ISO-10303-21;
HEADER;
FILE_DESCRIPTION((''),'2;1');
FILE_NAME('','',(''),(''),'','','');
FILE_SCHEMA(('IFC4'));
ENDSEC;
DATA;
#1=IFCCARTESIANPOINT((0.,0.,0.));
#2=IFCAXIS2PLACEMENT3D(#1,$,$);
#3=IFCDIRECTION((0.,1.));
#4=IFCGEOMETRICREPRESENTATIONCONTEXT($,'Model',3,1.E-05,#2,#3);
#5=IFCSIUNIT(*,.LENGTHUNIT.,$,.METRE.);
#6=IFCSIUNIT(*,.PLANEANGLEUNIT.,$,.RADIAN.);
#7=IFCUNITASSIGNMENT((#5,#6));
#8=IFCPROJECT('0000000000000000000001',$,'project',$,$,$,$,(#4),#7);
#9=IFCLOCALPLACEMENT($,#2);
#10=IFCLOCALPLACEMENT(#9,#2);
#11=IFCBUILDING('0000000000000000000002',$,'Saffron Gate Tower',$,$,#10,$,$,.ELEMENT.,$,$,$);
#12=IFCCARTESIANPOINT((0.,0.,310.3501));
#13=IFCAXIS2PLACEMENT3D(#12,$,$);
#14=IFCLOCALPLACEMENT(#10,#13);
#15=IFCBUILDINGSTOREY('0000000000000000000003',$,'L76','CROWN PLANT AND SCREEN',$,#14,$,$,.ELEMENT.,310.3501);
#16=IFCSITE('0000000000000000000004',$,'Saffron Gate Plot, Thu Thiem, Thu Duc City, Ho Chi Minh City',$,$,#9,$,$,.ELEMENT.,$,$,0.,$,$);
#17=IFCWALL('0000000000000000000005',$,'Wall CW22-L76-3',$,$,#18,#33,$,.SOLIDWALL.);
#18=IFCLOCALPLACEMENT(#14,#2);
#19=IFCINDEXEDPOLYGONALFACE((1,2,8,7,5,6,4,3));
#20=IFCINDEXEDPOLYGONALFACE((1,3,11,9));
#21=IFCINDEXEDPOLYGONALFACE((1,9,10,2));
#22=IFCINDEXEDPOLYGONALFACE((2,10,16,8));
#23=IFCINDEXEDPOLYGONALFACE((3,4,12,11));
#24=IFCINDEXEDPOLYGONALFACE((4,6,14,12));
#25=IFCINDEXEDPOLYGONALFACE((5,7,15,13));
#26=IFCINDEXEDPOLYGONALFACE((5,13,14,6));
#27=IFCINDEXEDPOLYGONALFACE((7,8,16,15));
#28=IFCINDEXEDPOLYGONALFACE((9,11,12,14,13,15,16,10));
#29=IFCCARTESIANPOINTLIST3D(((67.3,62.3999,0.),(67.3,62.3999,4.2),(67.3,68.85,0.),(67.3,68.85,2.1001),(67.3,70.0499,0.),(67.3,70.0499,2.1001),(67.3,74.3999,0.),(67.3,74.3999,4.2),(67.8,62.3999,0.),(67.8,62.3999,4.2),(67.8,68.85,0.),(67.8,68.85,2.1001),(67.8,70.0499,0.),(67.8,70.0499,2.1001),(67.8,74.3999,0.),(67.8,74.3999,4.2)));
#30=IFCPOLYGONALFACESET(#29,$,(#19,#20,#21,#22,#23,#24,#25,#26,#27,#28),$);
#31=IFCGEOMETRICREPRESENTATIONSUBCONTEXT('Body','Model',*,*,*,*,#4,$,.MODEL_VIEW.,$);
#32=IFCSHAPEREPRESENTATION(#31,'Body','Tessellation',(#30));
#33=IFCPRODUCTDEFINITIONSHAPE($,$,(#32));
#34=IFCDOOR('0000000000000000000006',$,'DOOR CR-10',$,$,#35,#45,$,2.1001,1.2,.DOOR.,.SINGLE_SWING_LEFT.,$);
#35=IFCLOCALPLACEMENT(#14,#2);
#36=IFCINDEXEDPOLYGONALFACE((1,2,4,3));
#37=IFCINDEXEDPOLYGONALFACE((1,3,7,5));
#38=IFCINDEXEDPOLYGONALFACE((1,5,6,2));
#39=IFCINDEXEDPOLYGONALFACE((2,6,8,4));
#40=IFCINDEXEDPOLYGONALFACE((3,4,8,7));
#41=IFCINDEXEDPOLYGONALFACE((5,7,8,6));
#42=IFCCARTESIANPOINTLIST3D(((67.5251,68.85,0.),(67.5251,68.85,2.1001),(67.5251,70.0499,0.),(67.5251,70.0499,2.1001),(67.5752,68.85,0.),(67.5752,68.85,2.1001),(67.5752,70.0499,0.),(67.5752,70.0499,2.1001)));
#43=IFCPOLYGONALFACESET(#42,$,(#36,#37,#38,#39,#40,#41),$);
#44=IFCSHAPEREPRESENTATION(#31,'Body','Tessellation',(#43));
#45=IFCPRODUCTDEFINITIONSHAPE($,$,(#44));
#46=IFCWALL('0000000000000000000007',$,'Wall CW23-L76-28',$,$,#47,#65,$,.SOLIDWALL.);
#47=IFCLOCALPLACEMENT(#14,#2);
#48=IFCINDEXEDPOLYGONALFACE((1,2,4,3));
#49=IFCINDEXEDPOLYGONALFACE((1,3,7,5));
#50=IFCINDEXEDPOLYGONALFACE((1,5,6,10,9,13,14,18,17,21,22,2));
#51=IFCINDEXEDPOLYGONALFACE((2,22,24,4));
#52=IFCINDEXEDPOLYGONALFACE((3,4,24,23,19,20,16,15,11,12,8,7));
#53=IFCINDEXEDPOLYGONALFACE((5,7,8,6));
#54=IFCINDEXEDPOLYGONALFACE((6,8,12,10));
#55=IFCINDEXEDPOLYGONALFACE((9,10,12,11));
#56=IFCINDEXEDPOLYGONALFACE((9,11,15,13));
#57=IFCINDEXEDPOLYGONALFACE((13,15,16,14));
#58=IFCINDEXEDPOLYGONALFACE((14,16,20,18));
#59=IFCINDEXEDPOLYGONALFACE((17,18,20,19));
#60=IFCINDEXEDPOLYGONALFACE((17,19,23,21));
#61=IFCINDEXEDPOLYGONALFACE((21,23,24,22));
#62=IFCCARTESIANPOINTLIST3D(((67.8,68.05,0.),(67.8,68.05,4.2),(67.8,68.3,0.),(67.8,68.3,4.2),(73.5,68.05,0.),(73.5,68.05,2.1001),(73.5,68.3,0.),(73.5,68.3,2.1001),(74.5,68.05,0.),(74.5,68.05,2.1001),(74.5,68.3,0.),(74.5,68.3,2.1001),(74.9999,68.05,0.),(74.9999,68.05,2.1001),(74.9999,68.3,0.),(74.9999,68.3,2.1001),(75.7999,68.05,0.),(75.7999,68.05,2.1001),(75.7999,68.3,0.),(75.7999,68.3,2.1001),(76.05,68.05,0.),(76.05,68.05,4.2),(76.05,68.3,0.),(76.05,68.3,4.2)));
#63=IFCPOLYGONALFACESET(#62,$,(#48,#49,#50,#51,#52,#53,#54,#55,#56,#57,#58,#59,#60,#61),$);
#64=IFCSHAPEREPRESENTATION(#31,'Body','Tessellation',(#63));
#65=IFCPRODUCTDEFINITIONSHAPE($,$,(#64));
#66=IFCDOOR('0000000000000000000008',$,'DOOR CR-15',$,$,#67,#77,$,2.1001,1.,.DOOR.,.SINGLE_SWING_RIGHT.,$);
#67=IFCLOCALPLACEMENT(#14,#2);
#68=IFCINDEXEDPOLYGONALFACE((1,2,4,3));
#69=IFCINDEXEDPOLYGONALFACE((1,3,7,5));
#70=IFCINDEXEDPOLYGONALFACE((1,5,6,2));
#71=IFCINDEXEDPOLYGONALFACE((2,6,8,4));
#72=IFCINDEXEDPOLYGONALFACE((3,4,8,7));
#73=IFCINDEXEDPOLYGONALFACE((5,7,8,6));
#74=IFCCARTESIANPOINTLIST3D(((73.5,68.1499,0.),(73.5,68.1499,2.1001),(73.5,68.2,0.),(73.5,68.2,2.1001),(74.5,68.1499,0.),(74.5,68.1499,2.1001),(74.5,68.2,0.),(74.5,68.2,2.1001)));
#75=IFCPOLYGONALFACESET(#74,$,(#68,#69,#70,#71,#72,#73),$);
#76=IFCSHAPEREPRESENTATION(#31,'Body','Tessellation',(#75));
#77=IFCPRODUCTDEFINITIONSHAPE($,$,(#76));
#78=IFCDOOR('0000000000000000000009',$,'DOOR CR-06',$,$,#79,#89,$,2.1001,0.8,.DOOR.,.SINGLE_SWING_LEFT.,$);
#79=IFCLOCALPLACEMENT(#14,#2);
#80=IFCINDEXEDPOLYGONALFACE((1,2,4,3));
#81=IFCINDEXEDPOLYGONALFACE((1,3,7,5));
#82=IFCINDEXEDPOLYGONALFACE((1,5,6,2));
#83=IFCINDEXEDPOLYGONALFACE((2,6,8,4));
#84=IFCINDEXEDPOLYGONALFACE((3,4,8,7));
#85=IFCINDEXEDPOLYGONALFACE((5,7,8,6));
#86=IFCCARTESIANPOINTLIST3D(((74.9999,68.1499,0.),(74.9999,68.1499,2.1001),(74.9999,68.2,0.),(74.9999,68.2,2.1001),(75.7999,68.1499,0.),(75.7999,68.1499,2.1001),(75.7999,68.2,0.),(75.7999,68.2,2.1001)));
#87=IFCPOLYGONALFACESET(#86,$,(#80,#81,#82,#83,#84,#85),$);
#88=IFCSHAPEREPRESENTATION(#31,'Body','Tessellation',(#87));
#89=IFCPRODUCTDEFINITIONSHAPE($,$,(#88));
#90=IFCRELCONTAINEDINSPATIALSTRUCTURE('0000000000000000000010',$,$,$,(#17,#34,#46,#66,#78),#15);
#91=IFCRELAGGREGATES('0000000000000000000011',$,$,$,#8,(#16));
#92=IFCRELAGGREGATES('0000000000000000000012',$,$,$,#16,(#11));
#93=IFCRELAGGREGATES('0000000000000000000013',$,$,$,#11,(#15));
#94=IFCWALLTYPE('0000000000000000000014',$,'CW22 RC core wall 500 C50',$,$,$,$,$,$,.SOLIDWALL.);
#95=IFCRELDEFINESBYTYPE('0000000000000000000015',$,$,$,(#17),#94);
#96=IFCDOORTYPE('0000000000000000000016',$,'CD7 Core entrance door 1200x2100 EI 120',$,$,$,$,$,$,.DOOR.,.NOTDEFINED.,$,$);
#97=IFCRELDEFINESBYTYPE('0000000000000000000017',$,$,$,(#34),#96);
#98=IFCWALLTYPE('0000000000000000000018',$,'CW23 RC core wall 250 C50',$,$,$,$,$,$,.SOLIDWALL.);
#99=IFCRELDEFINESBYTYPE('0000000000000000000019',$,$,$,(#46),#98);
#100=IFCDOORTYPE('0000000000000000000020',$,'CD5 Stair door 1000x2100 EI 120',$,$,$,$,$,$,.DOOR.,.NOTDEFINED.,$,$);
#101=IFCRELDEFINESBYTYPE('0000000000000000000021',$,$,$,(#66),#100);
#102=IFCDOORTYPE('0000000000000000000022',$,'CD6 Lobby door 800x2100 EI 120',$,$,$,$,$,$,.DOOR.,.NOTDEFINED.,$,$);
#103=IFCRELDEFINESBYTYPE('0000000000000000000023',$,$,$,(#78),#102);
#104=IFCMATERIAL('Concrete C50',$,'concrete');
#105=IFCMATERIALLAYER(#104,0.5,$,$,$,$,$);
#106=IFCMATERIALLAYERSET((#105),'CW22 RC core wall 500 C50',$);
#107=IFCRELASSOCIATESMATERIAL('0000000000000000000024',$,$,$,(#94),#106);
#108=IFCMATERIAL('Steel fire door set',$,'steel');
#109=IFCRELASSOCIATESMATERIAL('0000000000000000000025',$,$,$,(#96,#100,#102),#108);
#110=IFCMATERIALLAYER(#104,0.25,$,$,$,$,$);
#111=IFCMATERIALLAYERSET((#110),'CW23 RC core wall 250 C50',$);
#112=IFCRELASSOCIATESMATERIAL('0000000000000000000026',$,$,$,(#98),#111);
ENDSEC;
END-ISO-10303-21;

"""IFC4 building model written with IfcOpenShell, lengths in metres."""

from ifc_helpers import new_model, si_unit, direction, frame, frame_2d, origin, place, context, subcontext, project, spatial, rectangle, extrude, material, layer, layer_set, type_object, element, fill, save


model = new_model("IFC4")

# Units and contexts
model_context = context("Model", 3, precision=1e-05, world=origin(), true_north=direction((0.0, 1.0)))
body_context = subcontext(model_context, "Body", "Model", "MODEL_VIEW")
ifc_project = project(units=[si_unit("LENGTHUNIT", "METRE"), si_unit("PLANEANGLEUNIT", "RADIAN")], contexts=[model_context])

# Site, building, storey
site_placement = place(None, origin())
site = spatial("IfcSite", under=ifc_project, at=site_placement, Name="Saffron Gate Plot, Thu Thiem, Thu Duc City, Ho Chi Minh City", CompositionType="ELEMENT", RefElevation=0.0)
building_placement = place(site_placement, origin())
building = spatial("IfcBuilding", under=site, at=building_placement, Name="Saffron Gate Tower", CompositionType="ELEMENT")
storey_placement = place(building_placement, frame((0.0, 0.0, 310.3501)))
storey = spatial("IfcBuildingStorey", under=building, at=storey_placement, Name="L76", Description="CROWN PLANT AND SCREEN", CompositionType="ELEMENT", Elevation=310.3501)

# Wall, opening, door
ifc_material_1 = material(Name="Concrete C50", Category="concrete")
ifc_layer_1 = layer(ifc_material_1, 0.5)
ifc_layer_set_1 = layer_set([ifc_layer_1], Name="CW22 RC core wall 500 C50")
wall_type_1 = type_object("IfcWallType", Name="CW22 RC core wall 500 C50", PredefinedType="SOLIDWALL", material=ifc_layer_set_1)
wall_1_placement = place(storey_placement, frame((67.55, 62.3999, 0.0), z_axis=(0.0, 0.0, 1.0), x_axis=(0.0, 1.0, 0.0)))
wall_1 = element("IfcWall", 1, at=wall_1_placement, inside=storey, type_object=wall_type_1, Name="Wall CW22-L76-3", PredefinedType="SOLIDWALL", context=body_context, shape_type="SweptSolid", body=[
    extrude(rectangle(XDim=12.0, YDim=0.5, at=frame_2d((6.0, 0.0))), origin(), (0.0, 0.0, 1.0), 4.2),
])
opening_1_placement = place(wall_1_placement, frame((6.45, 0.0, 0.0)))
opening_1 = element("IfcOpeningElement", 2, at=opening_1_placement, cuts=wall_1, PredefinedType="OPENING", context=body_context, shape_type="SweptSolid", body=[
    extrude(rectangle(XDim=1.2, YDim=2.1001, at=frame_2d((0.6001, 1.05))), frame((0.0, 0.26, 0.0), z_axis=(0.0, -1.0, 0.0), x_axis=(1.0, 0.0, 0.0)), (0.0, 0.0, 1.0), 0.52),
])
ifc_material_2 = material(Name="Steel fire door set", Category="steel")
door_type_1 = type_object("IfcDoorType", Name="CD7 Core entrance door 1200x2100 EI 120", OperationType="NOTDEFINED", PredefinedType="DOOR", material=ifc_material_2)
door_1_placement = place(opening_1_placement, origin())
door_1 = element("IfcDoor", 3, at=door_1_placement, inside=storey, type_object=door_type_1, Name="DOOR CR-10", OperationType="SINGLE_SWING_LEFT", OverallHeight=2.1001, OverallWidth=1.2, PredefinedType="DOOR", context=body_context, shape_type="SweptSolid", body=[
    extrude(rectangle(XDim=1.2, YDim=2.1001, at=frame_2d((0.6001, 1.05))), frame((0.0, 0.0249, 0.0), z_axis=(0.0, -1.0, 0.0), x_axis=(1.0, 0.0, 0.0)), (0.0, 0.0, 1.0), 0.05),
])
fill(opening_1, door_1)

# Wall, openings, doors
ifc_layer_2 = layer(ifc_material_1, 0.25)
ifc_layer_set_2 = layer_set([ifc_layer_2], Name="CW23 RC core wall 250 C50")
wall_type_2 = type_object("IfcWallType", Name="CW23 RC core wall 250 C50", PredefinedType="SOLIDWALL", material=ifc_layer_set_2)
wall_2_placement = place(storey_placement, frame((67.8, 68.175, 0.0), z_axis=(0.0, 0.0, 1.0), x_axis=(1.0, 0.0, 0.0)))
wall_2 = element("IfcWall", 4, at=wall_2_placement, inside=storey, type_object=wall_type_2, Name="Wall CW23-L76-28", PredefinedType="SOLIDWALL", context=body_context, shape_type="SweptSolid", body=[
    extrude(rectangle(XDim=8.25, YDim=0.25, at=frame_2d((4.125, 0.0))), origin(), (0.0, 0.0, 1.0), 4.2),
])
opening_2_placement = place(wall_2_placement, frame((5.7, 0.0, 0.0)))
opening_2 = element("IfcOpeningElement", 5, at=opening_2_placement, cuts=wall_2, PredefinedType="OPENING", context=body_context, shape_type="SweptSolid", body=[
    extrude(rectangle(XDim=1.0, YDim=2.1001, at=frame_2d((0.5, 1.05))), frame((0.0, 0.135, 0.0), z_axis=(0.0, -1.0, 0.0), x_axis=(1.0, 0.0, 0.0)), (0.0, 0.0, 1.0), 0.27),
])
opening_3_placement = place(wall_2_placement, frame((7.2, 0.0, 0.0)))
opening_3 = element("IfcOpeningElement", 6, at=opening_3_placement, cuts=wall_2, PredefinedType="OPENING", context=body_context, shape_type="SweptSolid", body=[
    extrude(rectangle(XDim=0.8, YDim=2.1001, at=frame_2d((0.3999, 1.05))), frame((0.0, 0.135, 0.0), z_axis=(0.0, -1.0, 0.0), x_axis=(1.0, 0.0, 0.0)), (0.0, 0.0, 1.0), 0.27),
])
door_type_2 = type_object("IfcDoorType", Name="CD5 Stair door 1000x2100 EI 120", OperationType="NOTDEFINED", PredefinedType="DOOR", material=ifc_material_2)
door_2_placement = place(opening_2_placement, origin())
door_2 = element("IfcDoor", 7, at=door_2_placement, inside=storey, type_object=door_type_2, Name="DOOR CR-15", OperationType="SINGLE_SWING_RIGHT", OverallHeight=2.1001, OverallWidth=1.0, PredefinedType="DOOR", context=body_context, shape_type="SweptSolid", body=[
    extrude(rectangle(XDim=1.0, YDim=2.1001, at=frame_2d((0.5, 1.05))), frame((0.0, 0.0249, 0.0), z_axis=(0.0, -1.0, 0.0), x_axis=(1.0, 0.0, 0.0)), (0.0, 0.0, 1.0), 0.05),
])
fill(opening_2, door_2)
door_type_3 = type_object("IfcDoorType", Name="CD6 Lobby door 800x2100 EI 120", OperationType="NOTDEFINED", PredefinedType="DOOR", material=ifc_material_2)
door_3_placement = place(opening_3_placement, origin())
door_3 = element("IfcDoor", 8, at=door_3_placement, inside=storey, type_object=door_type_3, Name="DOOR CR-06", OperationType="SINGLE_SWING_LEFT", OverallHeight=2.1001, OverallWidth=0.8, PredefinedType="DOOR", context=body_context, shape_type="SweptSolid", body=[
    extrude(rectangle(XDim=0.8, YDim=2.1001, at=frame_2d((0.3999, 1.05))), frame((0.0, 0.0249, 0.0), z_axis=(0.0, -1.0, 0.0), x_axis=(1.0, 0.0, 0.0)), (0.0, 0.0, 1.0), 0.05),
])
fill(opening_3, door_3)

save(model, "model.ifc")
